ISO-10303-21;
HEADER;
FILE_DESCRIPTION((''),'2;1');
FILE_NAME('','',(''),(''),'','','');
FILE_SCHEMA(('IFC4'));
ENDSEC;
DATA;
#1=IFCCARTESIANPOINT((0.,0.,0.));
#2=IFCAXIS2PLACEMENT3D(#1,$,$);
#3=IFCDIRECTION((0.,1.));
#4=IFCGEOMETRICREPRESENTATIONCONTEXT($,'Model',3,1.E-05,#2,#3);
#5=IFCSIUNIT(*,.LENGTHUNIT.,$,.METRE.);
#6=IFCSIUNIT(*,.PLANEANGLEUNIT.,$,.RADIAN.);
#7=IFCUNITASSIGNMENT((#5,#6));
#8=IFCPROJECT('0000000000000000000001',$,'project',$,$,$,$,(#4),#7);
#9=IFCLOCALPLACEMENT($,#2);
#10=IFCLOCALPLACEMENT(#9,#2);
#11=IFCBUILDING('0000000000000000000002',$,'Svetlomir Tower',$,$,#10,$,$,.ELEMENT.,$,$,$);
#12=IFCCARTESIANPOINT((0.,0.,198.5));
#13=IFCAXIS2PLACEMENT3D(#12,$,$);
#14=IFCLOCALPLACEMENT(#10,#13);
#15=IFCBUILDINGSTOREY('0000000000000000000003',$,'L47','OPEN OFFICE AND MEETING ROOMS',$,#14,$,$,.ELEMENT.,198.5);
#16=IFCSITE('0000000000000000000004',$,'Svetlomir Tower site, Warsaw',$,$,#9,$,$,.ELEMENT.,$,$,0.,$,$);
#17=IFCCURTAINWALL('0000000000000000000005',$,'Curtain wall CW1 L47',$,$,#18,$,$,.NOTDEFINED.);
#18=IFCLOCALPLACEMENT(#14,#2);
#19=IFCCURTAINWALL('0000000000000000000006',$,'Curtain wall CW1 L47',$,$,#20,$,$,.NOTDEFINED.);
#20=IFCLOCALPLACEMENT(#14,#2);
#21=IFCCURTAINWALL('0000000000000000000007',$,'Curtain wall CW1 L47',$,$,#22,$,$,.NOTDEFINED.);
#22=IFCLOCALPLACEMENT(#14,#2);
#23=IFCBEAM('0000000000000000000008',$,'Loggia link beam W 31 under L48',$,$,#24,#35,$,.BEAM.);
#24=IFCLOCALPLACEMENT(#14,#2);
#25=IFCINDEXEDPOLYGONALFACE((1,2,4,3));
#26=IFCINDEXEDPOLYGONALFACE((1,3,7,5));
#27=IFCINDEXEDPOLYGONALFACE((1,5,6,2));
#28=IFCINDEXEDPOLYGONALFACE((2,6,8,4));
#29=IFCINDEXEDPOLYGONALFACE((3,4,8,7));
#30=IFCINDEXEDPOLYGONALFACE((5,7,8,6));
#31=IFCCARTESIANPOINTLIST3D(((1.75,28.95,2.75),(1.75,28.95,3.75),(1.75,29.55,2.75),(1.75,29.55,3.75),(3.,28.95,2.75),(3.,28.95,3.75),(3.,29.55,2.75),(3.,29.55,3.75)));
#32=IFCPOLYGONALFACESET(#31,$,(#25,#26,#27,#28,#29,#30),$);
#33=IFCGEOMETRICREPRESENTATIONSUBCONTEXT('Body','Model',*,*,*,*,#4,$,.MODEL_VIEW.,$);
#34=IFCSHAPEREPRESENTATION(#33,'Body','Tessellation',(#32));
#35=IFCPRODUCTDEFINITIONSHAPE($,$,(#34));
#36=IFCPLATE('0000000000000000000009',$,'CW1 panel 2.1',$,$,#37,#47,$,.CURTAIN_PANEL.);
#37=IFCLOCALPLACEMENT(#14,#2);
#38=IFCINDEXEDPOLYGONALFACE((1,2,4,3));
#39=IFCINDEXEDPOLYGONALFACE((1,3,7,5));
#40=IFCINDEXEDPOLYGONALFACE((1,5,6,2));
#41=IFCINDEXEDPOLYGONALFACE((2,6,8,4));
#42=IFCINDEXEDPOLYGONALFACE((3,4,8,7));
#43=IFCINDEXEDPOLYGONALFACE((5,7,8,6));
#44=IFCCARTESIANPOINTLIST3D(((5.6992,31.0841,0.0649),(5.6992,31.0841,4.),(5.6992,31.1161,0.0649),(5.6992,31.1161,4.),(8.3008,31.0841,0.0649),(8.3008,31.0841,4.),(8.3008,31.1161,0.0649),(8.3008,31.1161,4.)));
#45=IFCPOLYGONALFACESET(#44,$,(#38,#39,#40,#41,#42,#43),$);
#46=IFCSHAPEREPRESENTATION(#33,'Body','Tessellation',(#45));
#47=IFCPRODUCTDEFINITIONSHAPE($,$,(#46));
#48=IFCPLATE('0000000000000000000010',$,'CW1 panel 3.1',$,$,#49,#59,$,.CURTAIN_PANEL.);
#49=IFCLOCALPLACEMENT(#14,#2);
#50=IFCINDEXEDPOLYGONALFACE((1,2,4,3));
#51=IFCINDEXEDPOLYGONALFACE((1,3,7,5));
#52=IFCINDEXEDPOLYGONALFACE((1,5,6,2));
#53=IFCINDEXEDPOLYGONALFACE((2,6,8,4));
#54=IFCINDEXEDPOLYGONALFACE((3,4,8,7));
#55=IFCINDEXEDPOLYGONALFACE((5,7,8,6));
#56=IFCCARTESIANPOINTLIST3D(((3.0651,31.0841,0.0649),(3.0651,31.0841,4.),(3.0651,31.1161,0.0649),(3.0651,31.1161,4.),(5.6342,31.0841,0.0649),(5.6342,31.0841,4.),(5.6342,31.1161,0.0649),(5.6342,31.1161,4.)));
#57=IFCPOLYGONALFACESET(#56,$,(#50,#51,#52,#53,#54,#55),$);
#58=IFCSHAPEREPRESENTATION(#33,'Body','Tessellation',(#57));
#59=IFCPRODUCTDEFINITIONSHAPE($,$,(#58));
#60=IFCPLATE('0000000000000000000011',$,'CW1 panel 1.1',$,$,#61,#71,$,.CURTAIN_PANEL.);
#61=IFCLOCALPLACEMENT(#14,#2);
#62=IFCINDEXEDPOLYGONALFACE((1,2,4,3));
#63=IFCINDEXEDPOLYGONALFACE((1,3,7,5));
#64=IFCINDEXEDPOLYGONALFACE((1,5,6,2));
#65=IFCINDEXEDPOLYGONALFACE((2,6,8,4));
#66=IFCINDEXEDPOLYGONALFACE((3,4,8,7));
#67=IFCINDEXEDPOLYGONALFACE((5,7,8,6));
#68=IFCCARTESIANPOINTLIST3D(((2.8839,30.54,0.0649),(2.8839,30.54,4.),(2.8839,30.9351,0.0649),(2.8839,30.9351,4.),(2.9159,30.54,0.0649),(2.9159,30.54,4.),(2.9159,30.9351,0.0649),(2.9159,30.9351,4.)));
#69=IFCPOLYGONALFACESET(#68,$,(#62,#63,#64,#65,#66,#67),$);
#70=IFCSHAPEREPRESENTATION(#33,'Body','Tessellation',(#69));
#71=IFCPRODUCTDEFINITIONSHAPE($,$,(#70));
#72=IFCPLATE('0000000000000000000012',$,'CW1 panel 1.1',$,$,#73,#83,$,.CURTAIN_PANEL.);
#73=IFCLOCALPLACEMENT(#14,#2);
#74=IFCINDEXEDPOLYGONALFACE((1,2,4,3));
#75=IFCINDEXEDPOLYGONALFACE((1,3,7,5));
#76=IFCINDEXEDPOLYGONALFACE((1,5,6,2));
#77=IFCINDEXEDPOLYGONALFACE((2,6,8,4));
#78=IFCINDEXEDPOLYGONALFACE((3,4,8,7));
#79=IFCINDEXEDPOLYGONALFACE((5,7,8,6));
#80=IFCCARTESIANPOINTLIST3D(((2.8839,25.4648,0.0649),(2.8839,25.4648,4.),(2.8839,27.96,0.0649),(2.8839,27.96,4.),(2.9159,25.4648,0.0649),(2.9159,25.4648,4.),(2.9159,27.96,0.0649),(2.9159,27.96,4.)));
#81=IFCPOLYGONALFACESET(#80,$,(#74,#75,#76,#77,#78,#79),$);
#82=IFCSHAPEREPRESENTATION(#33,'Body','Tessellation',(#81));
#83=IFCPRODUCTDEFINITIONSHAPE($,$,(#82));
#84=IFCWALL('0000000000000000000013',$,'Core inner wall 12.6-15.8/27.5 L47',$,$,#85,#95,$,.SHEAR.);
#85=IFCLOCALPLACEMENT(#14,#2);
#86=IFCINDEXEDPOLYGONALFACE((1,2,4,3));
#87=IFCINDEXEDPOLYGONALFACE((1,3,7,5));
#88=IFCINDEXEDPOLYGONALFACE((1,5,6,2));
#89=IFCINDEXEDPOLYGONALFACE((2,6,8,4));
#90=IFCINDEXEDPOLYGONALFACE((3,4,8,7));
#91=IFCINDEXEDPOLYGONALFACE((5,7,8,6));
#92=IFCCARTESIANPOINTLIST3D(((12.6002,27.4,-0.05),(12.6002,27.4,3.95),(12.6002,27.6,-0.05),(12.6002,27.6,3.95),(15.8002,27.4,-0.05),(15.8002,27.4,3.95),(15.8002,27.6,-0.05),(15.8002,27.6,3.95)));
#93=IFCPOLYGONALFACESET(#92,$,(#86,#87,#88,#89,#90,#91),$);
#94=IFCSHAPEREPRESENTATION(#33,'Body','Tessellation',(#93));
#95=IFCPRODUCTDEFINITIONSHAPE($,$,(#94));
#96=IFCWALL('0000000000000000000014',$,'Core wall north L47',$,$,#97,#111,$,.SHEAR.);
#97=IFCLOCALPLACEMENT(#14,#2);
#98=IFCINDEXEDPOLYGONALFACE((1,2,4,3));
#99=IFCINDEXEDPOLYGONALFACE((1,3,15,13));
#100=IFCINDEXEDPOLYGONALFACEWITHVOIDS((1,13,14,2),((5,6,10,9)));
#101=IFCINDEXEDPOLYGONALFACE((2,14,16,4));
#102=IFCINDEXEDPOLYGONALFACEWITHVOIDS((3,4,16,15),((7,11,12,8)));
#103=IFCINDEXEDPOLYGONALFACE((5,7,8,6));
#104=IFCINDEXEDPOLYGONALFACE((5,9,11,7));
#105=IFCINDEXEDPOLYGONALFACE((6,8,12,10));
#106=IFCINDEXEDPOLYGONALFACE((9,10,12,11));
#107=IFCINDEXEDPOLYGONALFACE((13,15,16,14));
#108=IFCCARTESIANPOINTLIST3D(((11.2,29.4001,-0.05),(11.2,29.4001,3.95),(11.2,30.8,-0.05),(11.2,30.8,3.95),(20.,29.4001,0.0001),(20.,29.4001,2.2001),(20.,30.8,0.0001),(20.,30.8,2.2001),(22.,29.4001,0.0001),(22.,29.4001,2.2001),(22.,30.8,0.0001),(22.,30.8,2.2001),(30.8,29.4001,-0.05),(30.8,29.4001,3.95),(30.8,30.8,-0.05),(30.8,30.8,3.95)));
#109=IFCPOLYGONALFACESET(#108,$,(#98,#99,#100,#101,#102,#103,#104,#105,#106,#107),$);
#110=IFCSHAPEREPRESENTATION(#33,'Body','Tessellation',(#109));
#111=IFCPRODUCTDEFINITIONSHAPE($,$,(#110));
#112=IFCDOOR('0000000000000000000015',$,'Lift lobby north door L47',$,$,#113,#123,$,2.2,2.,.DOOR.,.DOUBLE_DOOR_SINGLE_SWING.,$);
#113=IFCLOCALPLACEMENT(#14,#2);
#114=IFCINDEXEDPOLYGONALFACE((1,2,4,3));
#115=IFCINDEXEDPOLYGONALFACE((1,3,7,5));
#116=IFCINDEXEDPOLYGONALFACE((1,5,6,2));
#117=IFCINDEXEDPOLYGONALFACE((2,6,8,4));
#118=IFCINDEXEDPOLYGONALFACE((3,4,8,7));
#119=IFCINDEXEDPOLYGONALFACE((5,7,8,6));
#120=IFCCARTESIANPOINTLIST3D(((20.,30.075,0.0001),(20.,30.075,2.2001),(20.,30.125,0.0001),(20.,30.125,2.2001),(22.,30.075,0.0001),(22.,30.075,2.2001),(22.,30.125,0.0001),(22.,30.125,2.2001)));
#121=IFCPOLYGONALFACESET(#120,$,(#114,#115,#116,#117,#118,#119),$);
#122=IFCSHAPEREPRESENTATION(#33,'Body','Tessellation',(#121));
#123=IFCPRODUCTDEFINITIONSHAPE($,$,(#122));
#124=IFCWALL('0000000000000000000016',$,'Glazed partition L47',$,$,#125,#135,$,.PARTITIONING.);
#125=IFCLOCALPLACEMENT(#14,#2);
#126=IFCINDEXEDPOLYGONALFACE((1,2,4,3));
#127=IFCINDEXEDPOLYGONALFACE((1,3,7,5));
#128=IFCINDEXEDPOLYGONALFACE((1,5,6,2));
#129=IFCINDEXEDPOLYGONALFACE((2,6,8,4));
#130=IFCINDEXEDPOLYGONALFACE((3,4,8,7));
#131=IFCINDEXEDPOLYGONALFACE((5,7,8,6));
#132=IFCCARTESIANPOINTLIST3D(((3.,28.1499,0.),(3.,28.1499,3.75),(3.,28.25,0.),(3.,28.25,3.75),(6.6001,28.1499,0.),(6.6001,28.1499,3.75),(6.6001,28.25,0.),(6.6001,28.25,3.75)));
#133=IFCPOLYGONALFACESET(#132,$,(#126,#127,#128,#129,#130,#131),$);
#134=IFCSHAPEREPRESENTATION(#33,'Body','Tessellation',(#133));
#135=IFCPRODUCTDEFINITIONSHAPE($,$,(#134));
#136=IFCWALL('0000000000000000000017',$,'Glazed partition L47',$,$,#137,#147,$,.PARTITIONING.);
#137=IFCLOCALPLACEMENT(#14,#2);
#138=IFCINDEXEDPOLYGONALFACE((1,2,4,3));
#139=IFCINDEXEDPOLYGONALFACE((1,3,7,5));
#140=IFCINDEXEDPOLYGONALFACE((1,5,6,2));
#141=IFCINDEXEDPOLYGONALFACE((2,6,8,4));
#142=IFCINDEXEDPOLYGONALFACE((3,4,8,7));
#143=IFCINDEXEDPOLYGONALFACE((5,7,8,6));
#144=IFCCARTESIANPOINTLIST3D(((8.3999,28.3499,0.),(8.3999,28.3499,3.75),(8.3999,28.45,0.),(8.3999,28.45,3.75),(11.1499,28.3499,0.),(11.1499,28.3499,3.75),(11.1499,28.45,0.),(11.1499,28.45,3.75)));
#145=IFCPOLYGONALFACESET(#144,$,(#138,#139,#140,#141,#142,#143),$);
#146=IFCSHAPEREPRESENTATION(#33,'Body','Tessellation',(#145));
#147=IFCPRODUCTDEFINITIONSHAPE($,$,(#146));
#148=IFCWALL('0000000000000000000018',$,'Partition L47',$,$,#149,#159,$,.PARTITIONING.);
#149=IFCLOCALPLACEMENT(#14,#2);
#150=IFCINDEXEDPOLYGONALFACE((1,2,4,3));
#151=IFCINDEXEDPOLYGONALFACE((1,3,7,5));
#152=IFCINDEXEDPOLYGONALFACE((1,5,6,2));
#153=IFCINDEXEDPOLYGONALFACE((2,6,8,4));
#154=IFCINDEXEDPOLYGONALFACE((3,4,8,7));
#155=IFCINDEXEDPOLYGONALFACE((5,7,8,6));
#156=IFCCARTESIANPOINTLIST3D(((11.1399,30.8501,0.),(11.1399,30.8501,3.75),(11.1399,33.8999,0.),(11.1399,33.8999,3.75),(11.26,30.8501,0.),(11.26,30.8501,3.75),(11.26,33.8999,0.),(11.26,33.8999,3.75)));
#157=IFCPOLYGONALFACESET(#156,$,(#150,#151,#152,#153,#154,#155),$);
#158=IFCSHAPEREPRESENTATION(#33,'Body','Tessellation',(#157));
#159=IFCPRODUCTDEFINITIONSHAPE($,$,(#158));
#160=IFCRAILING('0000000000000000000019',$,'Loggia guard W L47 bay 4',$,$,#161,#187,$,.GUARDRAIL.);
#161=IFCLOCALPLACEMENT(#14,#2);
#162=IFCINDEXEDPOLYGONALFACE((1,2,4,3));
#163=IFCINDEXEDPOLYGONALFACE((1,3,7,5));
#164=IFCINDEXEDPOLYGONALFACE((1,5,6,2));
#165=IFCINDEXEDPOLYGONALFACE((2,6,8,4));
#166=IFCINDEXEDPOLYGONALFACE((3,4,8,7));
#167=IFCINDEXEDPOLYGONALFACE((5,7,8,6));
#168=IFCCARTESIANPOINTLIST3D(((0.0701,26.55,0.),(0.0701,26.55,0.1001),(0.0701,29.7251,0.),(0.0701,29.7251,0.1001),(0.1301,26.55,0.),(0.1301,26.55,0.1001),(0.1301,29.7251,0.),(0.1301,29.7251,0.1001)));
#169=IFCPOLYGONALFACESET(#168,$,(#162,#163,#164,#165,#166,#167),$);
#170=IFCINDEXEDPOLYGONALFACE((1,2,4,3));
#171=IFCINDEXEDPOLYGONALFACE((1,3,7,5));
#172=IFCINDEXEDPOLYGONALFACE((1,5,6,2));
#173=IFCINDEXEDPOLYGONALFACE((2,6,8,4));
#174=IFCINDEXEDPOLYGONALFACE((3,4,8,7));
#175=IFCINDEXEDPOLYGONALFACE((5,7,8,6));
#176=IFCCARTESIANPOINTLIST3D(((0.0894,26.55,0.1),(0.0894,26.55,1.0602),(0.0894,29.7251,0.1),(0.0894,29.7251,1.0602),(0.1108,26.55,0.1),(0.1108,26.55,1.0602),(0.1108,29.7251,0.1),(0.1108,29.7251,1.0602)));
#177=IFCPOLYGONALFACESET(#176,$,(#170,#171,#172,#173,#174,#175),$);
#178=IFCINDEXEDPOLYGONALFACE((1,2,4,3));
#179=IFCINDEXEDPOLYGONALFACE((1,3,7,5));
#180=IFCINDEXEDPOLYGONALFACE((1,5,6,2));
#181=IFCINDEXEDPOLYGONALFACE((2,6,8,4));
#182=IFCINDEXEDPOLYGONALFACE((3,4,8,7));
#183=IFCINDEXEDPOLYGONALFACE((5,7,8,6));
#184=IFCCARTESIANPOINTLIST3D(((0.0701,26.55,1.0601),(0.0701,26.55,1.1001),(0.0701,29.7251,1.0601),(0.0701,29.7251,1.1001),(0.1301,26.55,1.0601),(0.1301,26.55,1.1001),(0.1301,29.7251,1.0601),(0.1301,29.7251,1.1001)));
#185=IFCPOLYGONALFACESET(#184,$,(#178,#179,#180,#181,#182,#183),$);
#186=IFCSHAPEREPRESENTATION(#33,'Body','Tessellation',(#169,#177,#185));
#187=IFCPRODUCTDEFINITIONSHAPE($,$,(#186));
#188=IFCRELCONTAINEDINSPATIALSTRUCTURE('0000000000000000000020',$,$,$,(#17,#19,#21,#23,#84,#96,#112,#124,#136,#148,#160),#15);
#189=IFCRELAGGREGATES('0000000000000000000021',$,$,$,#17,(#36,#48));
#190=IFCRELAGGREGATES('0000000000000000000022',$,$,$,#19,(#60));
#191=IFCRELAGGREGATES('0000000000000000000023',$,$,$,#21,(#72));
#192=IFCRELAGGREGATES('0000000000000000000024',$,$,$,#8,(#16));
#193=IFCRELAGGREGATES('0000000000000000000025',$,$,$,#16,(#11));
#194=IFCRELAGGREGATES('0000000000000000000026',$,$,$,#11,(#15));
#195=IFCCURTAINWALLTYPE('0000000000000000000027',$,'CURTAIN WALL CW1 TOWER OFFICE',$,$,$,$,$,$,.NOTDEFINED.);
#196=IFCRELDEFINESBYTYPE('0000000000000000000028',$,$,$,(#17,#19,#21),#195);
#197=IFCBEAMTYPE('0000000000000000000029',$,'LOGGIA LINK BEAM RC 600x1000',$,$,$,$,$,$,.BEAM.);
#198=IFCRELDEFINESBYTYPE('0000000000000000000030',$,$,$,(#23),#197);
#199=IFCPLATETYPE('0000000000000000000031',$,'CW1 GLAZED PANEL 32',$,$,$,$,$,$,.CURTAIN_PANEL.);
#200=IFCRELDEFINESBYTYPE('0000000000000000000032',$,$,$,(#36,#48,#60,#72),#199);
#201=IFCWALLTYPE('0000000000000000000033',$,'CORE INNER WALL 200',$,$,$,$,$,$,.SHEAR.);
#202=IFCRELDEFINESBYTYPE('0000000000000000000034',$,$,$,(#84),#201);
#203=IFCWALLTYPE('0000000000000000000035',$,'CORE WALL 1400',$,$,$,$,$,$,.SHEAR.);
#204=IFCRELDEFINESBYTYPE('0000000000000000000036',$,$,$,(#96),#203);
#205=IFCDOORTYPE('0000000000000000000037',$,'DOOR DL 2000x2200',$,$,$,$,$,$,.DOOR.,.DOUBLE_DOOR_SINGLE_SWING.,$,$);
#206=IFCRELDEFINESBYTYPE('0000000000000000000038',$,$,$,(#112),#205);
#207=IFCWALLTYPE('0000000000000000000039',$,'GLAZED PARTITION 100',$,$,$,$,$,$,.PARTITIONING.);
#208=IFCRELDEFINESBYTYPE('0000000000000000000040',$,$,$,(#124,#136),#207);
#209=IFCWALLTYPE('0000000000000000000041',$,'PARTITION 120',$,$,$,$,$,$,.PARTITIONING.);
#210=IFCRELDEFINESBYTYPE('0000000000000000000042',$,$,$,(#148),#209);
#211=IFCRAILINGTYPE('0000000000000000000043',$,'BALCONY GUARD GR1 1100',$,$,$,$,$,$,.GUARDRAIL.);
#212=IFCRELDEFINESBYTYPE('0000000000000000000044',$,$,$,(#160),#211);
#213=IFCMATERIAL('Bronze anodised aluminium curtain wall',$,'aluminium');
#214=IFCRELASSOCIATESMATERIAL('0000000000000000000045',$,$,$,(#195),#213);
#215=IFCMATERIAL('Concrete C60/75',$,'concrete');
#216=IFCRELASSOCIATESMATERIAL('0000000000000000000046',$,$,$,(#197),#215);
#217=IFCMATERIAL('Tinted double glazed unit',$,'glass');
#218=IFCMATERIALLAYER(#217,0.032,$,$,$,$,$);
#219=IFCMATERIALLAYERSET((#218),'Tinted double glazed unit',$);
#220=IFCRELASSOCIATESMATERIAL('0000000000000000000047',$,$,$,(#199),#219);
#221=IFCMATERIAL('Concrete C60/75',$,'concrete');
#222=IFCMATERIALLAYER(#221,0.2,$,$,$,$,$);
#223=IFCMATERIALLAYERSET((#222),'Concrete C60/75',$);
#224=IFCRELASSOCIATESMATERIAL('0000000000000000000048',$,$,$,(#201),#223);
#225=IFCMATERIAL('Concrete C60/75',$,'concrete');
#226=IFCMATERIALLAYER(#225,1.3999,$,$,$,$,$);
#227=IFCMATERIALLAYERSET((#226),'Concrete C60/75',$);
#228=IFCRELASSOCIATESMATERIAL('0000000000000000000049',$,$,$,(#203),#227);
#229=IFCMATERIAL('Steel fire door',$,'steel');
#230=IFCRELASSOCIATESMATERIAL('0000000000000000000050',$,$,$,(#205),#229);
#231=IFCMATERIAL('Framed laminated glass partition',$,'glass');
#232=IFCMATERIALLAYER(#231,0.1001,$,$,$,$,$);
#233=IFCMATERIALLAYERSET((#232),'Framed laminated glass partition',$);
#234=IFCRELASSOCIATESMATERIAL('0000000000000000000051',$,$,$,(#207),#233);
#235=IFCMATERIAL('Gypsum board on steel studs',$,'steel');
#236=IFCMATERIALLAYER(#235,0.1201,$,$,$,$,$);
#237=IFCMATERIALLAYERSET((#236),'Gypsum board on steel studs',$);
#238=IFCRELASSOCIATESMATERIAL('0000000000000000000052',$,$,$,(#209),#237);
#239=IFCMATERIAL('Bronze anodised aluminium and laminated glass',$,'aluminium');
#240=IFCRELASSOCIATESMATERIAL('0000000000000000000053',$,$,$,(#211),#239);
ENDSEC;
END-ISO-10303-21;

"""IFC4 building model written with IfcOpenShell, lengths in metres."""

from ifc_helpers import new_model, si_unit, direction, frame, frame_2d, origin, origin_2d, place, context, subcontext, project, spatial, rectangle, extrude, material, layer, layer_set, material_profile, profile_set, type_object, element, fill, aggregate, save


model = new_model("IFC4")

# Units and contexts
model_context = context("Model", 3, precision=1e-05, world=origin(), true_north=direction((0.0, 1.0)))
body_context = subcontext(model_context, "Body", "Model", "MODEL_VIEW")
ifc_project = project(units=[si_unit("LENGTHUNIT", "METRE"), si_unit("PLANEANGLEUNIT", "RADIAN")], contexts=[model_context])

# Site, building, storey
site_placement = place(None, origin())
site = spatial("IfcSite", under=ifc_project, at=site_placement, Name="Svetlomir Tower site, Warsaw", CompositionType="ELEMENT", RefElevation=0.0)
building_placement = place(site_placement, origin())
building = spatial("IfcBuilding", under=site, at=building_placement, Name="Svetlomir Tower", CompositionType="ELEMENT")
storey_placement = place(building_placement, frame((0.0, 0.0, 198.5)))
storey = spatial("IfcBuildingStorey", under=building, at=storey_placement, Name="L47", Description="OPEN OFFICE AND MEETING ROOMS", CompositionType="ELEMENT", Elevation=198.5)

# Shared definitions
ifc_material_1 = material(Name="Bronze anodised aluminium curtain wall", Category="aluminium")
curtain_wall_type = type_object("IfcCurtainWallType", Name="CURTAIN WALL CW1 TOWER OFFICE", PredefinedType="NOTDEFINED", material=ifc_material_1)

# Curtain walls
curtain_wall_1_placement = place(storey_placement, origin())
curtain_wall_1 = element("IfcCurtainWall", 1, at=curtain_wall_1_placement, inside=storey, type_object=curtain_wall_type, Name="Curtain wall CW1 L47", PredefinedType="NOTDEFINED")
curtain_wall_2_placement = place(storey_placement, origin())
curtain_wall_2 = element("IfcCurtainWall", 2, at=curtain_wall_2_placement, inside=storey, type_object=curtain_wall_type, Name="Curtain wall CW1 L47", PredefinedType="NOTDEFINED")

# Curtain wall
curtain_wall_3_placement = place(storey_placement, origin())
curtain_wall_3 = element("IfcCurtainWall", 3, at=curtain_wall_3_placement, inside=storey, type_object=curtain_wall_type, Name="Curtain wall CW1 L47", PredefinedType="NOTDEFINED")

# Beam
ifc_material_2 = material(Name="Concrete C60/75", Category="concrete")
ifc_material_profile_1 = material_profile(ifc_material_2, rectangle(XDim=0.6001, YDim=1.0, at=origin_2d()), Name="RC 600x1000")
ifc_profile_set_1 = profile_set([ifc_material_profile_1], Name="Concrete C60/75")
beam_type_1 = type_object("IfcBeamType", Name="LOGGIA LINK BEAM RC 600x1000", PredefinedType="BEAM", material=ifc_profile_set_1)
beam_1_placement = place(storey_placement, frame((1.75, 29.25, 3.25), z_axis=(1.0, 0.0, 0.0), x_axis=(0.0, 1.0, 0.0)))
element("IfcBeam", 4, at=beam_1_placement, inside=storey, type_object=beam_type_1, Name="Loggia link beam W 31 under L48", PredefinedType="BEAM", context=body_context, shape_type="SweptSolid", body=[
    extrude(rectangle(XDim=0.6001, YDim=1.0, at=origin_2d()), origin(), (0.0, 0.0, 1.0), 1.25),
])

# Plates
ifc_material_3 = material(Name="Tinted double glazed unit", Category="glass")
ifc_layer_1 = layer(ifc_material_3, 0.032)
ifc_layer_set_1 = layer_set([ifc_layer_1], Name="Tinted double glazed unit")
plate_type = type_object("IfcPlateType", Name="CW1 GLAZED PANEL 32", PredefinedType="CURTAIN_PANEL", material=ifc_layer_set_1)
plate_1_placement = place(storey_placement, frame((7.0, 31.1001, 0.0649), z_axis=(0.0, 0.0, 1.0), x_axis=(-1.0, 0.0, 0.0)))
plate_1 = element("IfcPlate", 5, at=plate_1_placement, type_object=plate_type, Name="CW1 panel 2.1", PredefinedType="CURTAIN_PANEL", context=body_context, shape_type="SweptSolid", body=[
    extrude(rectangle(XDim=2.6016, YDim=0.032, at=origin_2d()), origin(), (0.0, 0.0, 1.0), 3.9351),
])
plate_2_placement = place(storey_placement, frame((4.3496, 31.1001, 0.0649), z_axis=(0.0, 0.0, 1.0), x_axis=(-1.0, 0.0, 0.0)))
plate_2 = element("IfcPlate", 6, at=plate_2_placement, type_object=plate_type, Name="CW1 panel 3.1", PredefinedType="CURTAIN_PANEL", context=body_context, shape_type="SweptSolid", body=[
    extrude(rectangle(XDim=2.5691, YDim=0.032, at=origin_2d()), origin(), (0.0, 0.0, 1.0), 3.9351),
])
aggregate(curtain_wall_1, [plate_1, plate_2])
plate_3_placement = place(storey_placement, frame((2.8999, 30.7375, 0.0649), z_axis=(0.0, 0.0, 1.0), x_axis=(0.0, -1.0, 0.0)))
plate_3 = element("IfcPlate", 7, at=plate_3_placement, type_object=plate_type, Name="CW1 panel 1.1", PredefinedType="CURTAIN_PANEL", context=body_context, shape_type="SweptSolid", body=[
    extrude(rectangle(XDim=0.395, YDim=0.032, at=origin_2d()), origin(), (0.0, 0.0, 1.0), 3.9351),
])
aggregate(curtain_wall_2, [plate_3])
plate_4_placement = place(storey_placement, frame((2.8999, 26.7124, 0.0649), z_axis=(0.0, 0.0, 1.0), x_axis=(0.0, -1.0, 0.0)))
plate_4 = element("IfcPlate", 8, at=plate_4_placement, type_object=plate_type, Name="CW1 panel 1.1", PredefinedType="CURTAIN_PANEL", context=body_context, shape_type="SweptSolid", body=[
    extrude(rectangle(XDim=2.4951, YDim=0.032, at=origin_2d()), origin(), (0.0, 0.0, 1.0), 3.9351),
])
aggregate(curtain_wall_3, [plate_4])

# Wall
ifc_material_4 = material(Name="Concrete C60/75", Category="concrete")
ifc_layer_2 = layer(ifc_material_4, 0.2)
ifc_layer_set_2 = layer_set([ifc_layer_2], Name="Concrete C60/75")
wall_type_1 = type_object("IfcWallType", Name="CORE INNER WALL 200", PredefinedType="SHEAR", material=ifc_layer_set_2)
wall_1_placement = place(storey_placement, frame((12.6001, 27.5, -0.05), z_axis=(0.0, 0.0, 1.0), x_axis=(1.0, 0.0, 0.0)))
element("IfcWall", 9, at=wall_1_placement, inside=storey, type_object=wall_type_1, Name="Core inner wall 12.6-15.8/27.5 L47", PredefinedType="SHEAR", context=body_context, shape_type="SweptSolid", body=[
    extrude(rectangle(XDim=3.2, YDim=0.2, at=frame_2d((1.6001, 0.0))), origin(), (0.0, 0.0, 1.0), 4.0),
])

# Wall, opening, door
ifc_material_5 = material(Name="Concrete C60/75", Category="concrete")
ifc_layer_3 = layer(ifc_material_5, 1.3999)
ifc_layer_set_3 = layer_set([ifc_layer_3], Name="Concrete C60/75")
wall_type_2 = type_object("IfcWallType", Name="CORE WALL 1400", PredefinedType="SHEAR", material=ifc_layer_set_3)
wall_2_placement = place(storey_placement, frame((11.2, 30.1001, -0.05), z_axis=(0.0, 0.0, 1.0), x_axis=(1.0, 0.0, 0.0)))
wall_2 = element("IfcWall", 10, at=wall_2_placement, inside=storey, type_object=wall_type_2, Name="Core wall north L47", PredefinedType="SHEAR", context=body_context, shape_type="SweptSolid", body=[
    extrude(rectangle(XDim=19.6001, YDim=1.3999, at=frame_2d((9.8, 0.0))), origin(), (0.0, 0.0, 1.0), 4.0),
])
opening_placement = place(wall_2_placement, frame((8.8, 0.0, 0.05)))
opening = element("IfcOpeningElement", 11, at=opening_placement, cuts=wall_2, PredefinedType="OPENING", context=body_context, shape_type="SweptSolid", body=[
    extrude(rectangle(XDim=2.0, YDim=2.2, at=frame_2d((1.0, 1.1001))), frame((0.0, 0.71, 0.0), z_axis=(0.0, -1.0, 0.0), x_axis=(1.0, 0.0, 0.0)), (0.0, 0.0, 1.0), 1.4199),
])
ifc_material_6 = material(Name="Steel fire door", Category="steel")
door_type = type_object("IfcDoorType", Name="DOOR DL 2000x2200", OperationType="DOUBLE_DOOR_SINGLE_SWING", PredefinedType="DOOR", material=ifc_material_6)
door_placement = place(opening_placement, origin())
door = element("IfcDoor", 12, at=door_placement, inside=storey, type_object=door_type, Name="Lift lobby north door L47", OperationType="DOUBLE_DOOR_SINGLE_SWING", OverallHeight=2.2, OverallWidth=2.0, PredefinedType="DOOR", context=body_context, shape_type="SweptSolid", body=[
    extrude(rectangle(XDim=2.0, YDim=2.2, at=frame_2d((1.0, 1.1001))), frame((0.0, 0.0249, 0.0), z_axis=(0.0, -1.0, 0.0), x_axis=(1.0, 0.0, 0.0)), (0.0, 0.0, 1.0), 0.05),
])
fill(opening, door)

# Walls
ifc_material_7 = material(Name="Framed laminated glass partition", Category="glass")
ifc_layer_4 = layer(ifc_material_7, 0.1001)
ifc_layer_set_4 = layer_set([ifc_layer_4], Name="Framed laminated glass partition")
wall_type_3 = type_object("IfcWallType", Name="GLAZED PARTITION 100", PredefinedType="PARTITIONING", material=ifc_layer_set_4)
wall_3_placement = place(storey_placement, frame((3.0, 28.2, 0.0), z_axis=(0.0, 0.0, 1.0), x_axis=(1.0, 0.0, 0.0)))
element("IfcWall", 13, at=wall_3_placement, inside=storey, type_object=wall_type_3, Name="Glazed partition L47", PredefinedType="PARTITIONING", context=body_context, shape_type="SweptSolid", body=[
    extrude(rectangle(XDim=3.6001, YDim=0.1001, at=frame_2d((1.8, 0.0))), origin(), (0.0, 0.0, 1.0), 3.75),
])
wall_4_placement = place(storey_placement, frame((8.3999, 28.3999, 0.0), z_axis=(0.0, 0.0, 1.0), x_axis=(1.0, 0.0, 0.0)))
element("IfcWall", 14, at=wall_4_placement, inside=storey, type_object=wall_type_3, Name="Glazed partition L47", PredefinedType="PARTITIONING", context=body_context, shape_type="SweptSolid", body=[
    extrude(rectangle(XDim=2.75, YDim=0.1001, at=frame_2d((1.375, 0.0))), origin(), (0.0, 0.0, 1.0), 3.75),
])
ifc_material_8 = material(Name="Gypsum board on steel studs", Category="steel")
ifc_layer_5 = layer(ifc_material_8, 0.1201)
ifc_layer_set_5 = layer_set([ifc_layer_5], Name="Gypsum board on steel studs")
wall_type_4 = type_object("IfcWallType", Name="PARTITION 120", PredefinedType="PARTITIONING", material=ifc_layer_set_5)
wall_5_placement = place(storey_placement, frame((11.2, 30.8501, 0.0), z_axis=(0.0, 0.0, 1.0), x_axis=(0.0, 1.0, 0.0)))
element("IfcWall", 15, at=wall_5_placement, inside=storey, type_object=wall_type_4, Name="Partition L47", PredefinedType="PARTITIONING", context=body_context, shape_type="SweptSolid", body=[
    extrude(rectangle(XDim=3.0498, YDim=0.1201, at=frame_2d((1.5249, 0.0))), origin(), (0.0, 0.0, 1.0), 3.75),
])

# Railing
ifc_material_9 = material(Name="Bronze anodised aluminium and laminated glass", Category="aluminium")
railing_type = type_object("IfcRailingType", Name="BALCONY GUARD GR1 1100", PredefinedType="GUARDRAIL", material=ifc_material_9)
railing_1_placement = place(storey_placement, frame((0.1001, 26.55, 0.0)))
element("IfcRailing", 16, at=railing_1_placement, inside=storey, type_object=railing_type, Name="Loggia guard W L47 bay 4", PredefinedType="GUARDRAIL", context=body_context, shape_type="SweptSolid", body=[
    extrude(rectangle(XDim=0.0601, YDim=0.1001, at=origin_2d()), frame((0.0, 0.0, 0.05), z_axis=(0.0, 1.0, 0.0), x_axis=(-1.0, 0.0, 0.0)), (0.0, 0.0, 1.0), 3.175),
    extrude(rectangle(XDim=0.0215, YDim=0.9602, at=origin_2d()), frame((0.0, 0.0, 0.5801), z_axis=(0.0, 1.0, 0.0), x_axis=(-1.0, 0.0, 0.0)), (0.0, 0.0, 1.0), 3.175),
    extrude(rectangle(XDim=0.0601, YDim=0.04, at=origin_2d()), frame((0.0, 0.0, 1.0801), z_axis=(0.0, 1.0, 0.0), x_axis=(-1.0, 0.0, 0.0)), (0.0, 0.0, 1.0), 3.175),
])

save(model, "model.ifc")
